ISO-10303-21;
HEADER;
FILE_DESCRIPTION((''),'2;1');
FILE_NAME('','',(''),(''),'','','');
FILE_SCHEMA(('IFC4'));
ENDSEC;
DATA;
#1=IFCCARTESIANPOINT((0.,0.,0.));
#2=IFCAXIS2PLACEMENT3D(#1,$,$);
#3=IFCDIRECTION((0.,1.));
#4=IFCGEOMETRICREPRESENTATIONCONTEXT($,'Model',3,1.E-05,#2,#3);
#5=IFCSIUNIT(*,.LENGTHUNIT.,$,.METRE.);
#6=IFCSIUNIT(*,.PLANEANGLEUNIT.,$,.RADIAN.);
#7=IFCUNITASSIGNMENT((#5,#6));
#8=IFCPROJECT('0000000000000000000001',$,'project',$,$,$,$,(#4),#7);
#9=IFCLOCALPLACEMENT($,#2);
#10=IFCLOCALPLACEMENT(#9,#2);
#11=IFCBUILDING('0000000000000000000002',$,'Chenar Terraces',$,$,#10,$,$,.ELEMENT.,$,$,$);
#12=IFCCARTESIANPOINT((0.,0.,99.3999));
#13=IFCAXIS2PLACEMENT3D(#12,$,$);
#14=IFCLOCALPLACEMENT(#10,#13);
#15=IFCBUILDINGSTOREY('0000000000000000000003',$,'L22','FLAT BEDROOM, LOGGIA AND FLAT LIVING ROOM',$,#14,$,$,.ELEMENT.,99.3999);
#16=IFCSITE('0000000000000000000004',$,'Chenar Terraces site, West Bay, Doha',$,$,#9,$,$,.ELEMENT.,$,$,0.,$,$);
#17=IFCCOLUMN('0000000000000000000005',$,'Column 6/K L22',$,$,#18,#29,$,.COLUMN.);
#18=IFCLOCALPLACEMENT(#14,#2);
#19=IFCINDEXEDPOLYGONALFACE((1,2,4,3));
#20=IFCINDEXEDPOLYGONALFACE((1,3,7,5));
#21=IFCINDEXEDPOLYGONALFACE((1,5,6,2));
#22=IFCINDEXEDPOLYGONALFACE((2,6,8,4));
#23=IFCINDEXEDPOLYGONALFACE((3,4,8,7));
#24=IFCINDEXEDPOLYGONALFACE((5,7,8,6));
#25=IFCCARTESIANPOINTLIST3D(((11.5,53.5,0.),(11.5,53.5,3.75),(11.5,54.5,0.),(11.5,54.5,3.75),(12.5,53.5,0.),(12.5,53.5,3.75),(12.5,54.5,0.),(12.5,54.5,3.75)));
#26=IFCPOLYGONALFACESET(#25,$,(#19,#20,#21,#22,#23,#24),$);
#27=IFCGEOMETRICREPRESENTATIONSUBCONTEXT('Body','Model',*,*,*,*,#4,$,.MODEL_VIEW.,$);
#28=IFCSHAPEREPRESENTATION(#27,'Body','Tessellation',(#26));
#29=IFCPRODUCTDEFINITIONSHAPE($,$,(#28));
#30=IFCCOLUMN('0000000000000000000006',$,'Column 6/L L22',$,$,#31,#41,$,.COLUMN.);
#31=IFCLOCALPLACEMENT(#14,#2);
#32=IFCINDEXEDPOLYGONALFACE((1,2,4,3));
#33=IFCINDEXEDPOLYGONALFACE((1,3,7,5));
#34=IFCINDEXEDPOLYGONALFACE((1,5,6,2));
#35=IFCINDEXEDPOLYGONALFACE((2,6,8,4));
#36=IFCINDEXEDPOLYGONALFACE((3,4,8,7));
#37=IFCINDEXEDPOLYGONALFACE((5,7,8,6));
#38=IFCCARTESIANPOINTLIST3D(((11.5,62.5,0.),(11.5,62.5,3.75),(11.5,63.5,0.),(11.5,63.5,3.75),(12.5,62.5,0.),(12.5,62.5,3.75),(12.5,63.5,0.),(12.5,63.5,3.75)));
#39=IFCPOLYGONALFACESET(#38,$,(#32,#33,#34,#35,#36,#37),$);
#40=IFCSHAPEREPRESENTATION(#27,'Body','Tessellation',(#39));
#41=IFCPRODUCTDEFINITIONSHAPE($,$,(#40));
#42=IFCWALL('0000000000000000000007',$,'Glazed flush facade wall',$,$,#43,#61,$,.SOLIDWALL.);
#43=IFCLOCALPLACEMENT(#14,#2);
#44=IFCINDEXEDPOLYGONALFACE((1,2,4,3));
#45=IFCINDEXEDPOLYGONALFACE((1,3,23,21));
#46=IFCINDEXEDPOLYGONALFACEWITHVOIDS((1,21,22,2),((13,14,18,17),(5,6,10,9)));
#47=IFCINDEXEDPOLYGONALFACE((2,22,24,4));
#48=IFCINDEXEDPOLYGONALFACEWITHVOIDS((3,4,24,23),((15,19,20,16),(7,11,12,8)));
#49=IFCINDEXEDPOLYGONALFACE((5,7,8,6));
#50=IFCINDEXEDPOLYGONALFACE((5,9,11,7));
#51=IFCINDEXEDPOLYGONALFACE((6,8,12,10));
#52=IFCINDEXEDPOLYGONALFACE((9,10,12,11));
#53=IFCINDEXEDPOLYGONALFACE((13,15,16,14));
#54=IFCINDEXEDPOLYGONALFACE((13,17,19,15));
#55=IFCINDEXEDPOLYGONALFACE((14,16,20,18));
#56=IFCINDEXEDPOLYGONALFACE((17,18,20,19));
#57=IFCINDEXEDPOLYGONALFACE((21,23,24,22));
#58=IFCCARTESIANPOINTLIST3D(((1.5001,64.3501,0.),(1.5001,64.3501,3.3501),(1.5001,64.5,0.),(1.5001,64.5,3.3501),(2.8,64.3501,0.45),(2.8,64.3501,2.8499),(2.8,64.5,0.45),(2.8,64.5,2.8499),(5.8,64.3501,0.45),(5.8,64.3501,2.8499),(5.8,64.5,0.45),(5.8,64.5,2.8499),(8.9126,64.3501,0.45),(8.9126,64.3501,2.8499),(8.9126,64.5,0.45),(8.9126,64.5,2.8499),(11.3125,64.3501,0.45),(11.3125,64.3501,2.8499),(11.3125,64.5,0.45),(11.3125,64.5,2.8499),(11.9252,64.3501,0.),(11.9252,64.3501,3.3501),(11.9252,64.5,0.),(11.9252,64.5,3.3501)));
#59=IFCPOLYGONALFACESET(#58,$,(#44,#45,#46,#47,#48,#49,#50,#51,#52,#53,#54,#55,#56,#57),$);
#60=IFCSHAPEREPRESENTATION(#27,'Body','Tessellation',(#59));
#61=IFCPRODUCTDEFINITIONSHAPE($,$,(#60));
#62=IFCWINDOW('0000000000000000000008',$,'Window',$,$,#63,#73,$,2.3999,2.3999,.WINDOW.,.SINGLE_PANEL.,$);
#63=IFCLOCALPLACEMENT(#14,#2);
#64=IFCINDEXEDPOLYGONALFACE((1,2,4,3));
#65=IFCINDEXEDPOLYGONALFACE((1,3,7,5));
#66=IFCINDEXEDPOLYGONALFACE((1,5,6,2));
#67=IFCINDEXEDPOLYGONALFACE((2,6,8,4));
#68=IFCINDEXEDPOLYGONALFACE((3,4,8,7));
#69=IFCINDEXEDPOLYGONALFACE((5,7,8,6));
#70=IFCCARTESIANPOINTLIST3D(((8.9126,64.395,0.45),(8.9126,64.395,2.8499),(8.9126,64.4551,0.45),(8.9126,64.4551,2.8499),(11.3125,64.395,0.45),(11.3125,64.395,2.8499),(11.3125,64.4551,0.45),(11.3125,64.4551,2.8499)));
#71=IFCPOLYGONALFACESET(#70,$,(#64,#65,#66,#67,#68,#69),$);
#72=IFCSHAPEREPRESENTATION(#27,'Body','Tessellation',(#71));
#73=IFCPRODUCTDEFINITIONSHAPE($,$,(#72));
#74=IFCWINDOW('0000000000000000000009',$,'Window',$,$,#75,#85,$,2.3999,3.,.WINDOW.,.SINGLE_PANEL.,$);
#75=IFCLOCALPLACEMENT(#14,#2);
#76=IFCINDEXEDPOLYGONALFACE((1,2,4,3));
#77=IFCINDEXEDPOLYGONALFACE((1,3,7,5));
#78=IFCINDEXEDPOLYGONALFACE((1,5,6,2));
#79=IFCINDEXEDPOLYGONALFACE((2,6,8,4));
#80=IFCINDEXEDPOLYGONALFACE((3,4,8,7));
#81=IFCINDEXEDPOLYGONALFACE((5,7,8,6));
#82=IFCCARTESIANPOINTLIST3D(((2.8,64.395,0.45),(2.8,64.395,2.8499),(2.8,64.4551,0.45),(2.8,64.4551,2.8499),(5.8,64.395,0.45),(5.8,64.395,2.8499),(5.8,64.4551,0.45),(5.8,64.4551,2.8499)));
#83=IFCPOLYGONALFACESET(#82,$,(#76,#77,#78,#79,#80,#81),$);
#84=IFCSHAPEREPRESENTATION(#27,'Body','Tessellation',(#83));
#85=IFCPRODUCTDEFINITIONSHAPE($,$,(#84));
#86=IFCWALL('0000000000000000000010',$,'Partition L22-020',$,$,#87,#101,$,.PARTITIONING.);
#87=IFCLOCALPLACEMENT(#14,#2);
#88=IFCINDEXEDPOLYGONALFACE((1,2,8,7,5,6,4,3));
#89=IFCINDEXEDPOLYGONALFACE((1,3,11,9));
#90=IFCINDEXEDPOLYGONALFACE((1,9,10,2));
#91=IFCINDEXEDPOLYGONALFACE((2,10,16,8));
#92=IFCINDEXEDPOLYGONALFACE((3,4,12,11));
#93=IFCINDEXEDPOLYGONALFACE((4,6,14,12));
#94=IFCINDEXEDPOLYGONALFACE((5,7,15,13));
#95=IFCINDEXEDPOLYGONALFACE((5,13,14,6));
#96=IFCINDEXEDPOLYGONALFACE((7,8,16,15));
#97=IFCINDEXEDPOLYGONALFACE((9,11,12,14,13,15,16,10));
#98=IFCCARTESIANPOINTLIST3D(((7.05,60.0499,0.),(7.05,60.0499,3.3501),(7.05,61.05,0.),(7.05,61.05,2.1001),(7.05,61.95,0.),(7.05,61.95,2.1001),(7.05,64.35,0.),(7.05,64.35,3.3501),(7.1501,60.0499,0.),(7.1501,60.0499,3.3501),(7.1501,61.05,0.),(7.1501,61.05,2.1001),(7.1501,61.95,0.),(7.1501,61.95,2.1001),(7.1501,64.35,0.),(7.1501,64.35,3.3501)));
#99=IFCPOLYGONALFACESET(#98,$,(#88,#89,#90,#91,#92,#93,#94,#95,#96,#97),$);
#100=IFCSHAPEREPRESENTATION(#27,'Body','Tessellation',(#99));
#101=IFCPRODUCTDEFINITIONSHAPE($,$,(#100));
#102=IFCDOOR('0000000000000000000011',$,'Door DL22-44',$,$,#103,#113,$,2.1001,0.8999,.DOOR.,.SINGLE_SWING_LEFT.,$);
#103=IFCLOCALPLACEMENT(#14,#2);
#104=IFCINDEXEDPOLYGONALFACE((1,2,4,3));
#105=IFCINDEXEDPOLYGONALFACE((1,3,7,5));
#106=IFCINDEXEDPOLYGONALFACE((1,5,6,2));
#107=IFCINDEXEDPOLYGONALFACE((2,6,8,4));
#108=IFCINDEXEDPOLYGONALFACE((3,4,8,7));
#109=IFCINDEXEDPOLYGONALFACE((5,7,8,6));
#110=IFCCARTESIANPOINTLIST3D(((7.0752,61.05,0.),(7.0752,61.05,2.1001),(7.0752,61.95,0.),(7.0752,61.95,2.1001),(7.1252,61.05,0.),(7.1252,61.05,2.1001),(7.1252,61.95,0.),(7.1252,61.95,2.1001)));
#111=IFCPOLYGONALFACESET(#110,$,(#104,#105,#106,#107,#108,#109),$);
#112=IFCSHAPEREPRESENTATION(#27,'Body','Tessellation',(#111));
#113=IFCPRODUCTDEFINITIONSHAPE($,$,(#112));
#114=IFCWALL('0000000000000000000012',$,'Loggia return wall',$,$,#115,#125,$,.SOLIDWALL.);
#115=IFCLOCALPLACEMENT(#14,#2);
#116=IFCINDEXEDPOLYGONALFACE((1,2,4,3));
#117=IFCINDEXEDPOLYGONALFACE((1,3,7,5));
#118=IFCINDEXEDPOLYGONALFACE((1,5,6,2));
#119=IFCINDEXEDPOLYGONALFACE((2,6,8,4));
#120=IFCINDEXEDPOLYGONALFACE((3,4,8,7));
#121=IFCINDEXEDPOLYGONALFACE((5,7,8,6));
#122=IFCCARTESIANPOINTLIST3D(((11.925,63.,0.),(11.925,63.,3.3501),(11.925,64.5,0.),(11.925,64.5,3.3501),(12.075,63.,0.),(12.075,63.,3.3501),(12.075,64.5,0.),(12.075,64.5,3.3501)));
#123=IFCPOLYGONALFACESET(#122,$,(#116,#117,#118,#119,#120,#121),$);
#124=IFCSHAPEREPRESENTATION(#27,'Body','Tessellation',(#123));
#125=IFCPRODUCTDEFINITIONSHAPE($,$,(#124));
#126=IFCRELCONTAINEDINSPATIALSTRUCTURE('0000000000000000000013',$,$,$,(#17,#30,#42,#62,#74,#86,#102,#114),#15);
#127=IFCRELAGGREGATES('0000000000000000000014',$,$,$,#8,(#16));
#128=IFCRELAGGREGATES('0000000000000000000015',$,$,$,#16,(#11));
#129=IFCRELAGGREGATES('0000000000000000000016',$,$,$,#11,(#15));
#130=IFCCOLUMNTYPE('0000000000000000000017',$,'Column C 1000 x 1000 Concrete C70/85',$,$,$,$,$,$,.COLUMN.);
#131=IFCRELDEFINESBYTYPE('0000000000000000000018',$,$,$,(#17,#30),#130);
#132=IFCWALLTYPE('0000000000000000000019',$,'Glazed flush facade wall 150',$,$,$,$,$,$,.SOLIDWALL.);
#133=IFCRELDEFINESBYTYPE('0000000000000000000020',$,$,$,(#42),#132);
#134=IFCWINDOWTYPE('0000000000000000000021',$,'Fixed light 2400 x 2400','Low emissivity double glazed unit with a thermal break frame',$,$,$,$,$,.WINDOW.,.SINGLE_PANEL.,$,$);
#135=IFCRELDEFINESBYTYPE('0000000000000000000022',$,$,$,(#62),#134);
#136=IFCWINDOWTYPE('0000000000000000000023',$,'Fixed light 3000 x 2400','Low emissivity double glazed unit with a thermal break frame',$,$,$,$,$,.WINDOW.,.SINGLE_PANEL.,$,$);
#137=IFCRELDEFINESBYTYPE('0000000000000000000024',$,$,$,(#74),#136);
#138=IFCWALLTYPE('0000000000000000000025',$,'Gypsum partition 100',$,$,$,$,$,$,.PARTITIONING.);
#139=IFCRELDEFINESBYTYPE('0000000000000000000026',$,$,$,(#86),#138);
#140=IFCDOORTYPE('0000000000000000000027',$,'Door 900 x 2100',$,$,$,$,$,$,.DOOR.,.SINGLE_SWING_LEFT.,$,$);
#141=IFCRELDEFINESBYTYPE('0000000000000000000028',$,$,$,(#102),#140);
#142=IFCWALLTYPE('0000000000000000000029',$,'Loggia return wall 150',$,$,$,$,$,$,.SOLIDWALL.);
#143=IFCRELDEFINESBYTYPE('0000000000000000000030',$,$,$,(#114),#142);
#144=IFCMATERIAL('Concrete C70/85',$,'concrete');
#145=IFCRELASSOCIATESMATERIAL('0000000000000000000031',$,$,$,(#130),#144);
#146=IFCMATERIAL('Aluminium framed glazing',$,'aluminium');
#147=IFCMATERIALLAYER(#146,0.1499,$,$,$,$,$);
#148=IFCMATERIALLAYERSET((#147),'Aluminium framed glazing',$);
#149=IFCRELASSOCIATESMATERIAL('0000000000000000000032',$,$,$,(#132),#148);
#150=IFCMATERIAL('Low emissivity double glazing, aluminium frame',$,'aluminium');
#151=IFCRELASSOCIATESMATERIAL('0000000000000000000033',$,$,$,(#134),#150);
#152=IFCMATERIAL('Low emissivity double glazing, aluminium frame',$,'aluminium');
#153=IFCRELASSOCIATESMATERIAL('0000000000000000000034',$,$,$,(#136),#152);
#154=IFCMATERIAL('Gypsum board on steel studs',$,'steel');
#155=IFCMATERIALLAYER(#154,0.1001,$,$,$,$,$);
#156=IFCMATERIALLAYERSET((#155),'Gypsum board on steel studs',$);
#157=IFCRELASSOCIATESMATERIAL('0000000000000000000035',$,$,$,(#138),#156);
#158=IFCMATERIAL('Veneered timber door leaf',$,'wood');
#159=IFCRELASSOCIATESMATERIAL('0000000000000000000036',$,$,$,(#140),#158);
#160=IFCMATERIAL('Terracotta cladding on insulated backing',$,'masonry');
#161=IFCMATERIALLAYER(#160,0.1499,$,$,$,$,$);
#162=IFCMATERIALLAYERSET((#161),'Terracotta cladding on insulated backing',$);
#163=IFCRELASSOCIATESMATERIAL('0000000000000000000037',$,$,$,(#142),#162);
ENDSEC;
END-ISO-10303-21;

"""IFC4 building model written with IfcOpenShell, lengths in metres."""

from ifc_helpers import new_model, si_unit, direction, frame, frame_2d, origin, origin_2d, place, context, subcontext, project, spatial, rectangle, extrude, material, layer, layer_set, material_profile, profile_set, type_object, element, fill, save


model = new_model("IFC4")

# Units and contexts
model_context = context("Model", 3, precision=1e-05, world=origin(), true_north=direction((0.0, 1.0)))
body_context = subcontext(model_context, "Body", "Model", "MODEL_VIEW")
ifc_project = project(units=[si_unit("LENGTHUNIT", "METRE"), si_unit("PLANEANGLEUNIT", "RADIAN")], contexts=[model_context])

# Site, building, storey
site_placement = place(None, origin())
site = spatial("IfcSite", under=ifc_project, at=site_placement, Name="Chenar Terraces site, West Bay, Doha", CompositionType="ELEMENT", RefElevation=0.0)
building_placement = place(site_placement, origin())
building = spatial("IfcBuilding", under=site, at=building_placement, Name="Chenar Terraces", CompositionType="ELEMENT")
storey_placement = place(building_placement, frame((0.0, 0.0, 99.3999)))
storey = spatial("IfcBuildingStorey", under=building, at=storey_placement, Name="L22", Description="FLAT BEDROOM, LOGGIA AND FLAT LIVING ROOM", CompositionType="ELEMENT", Elevation=99.3999)

# Columns
ifc_material_1 = material(Name="Concrete C70/85", Category="concrete")
ifc_material_profile_1 = material_profile(ifc_material_1, rectangle(XDim=1.0, YDim=1.0, at=origin_2d()), Name="C 1000 x 1000")
ifc_profile_set_1 = profile_set([ifc_material_profile_1], Name="Concrete C70/85")
column_type = type_object("IfcColumnType", Name="Column C 1000 x 1000 Concrete C70/85", PredefinedType="COLUMN", material=ifc_profile_set_1)
for number, where, z_axis, x_axis, name in (
    (1, (12.0, 54.0, 0.0), (0.0, 0.0, 1.0), (1.0, 0.0, 0.0), "Column 6/K L22"),
    (2, (12.0, 63.0, 0.0), (0.0, 0.0, 1.0), (1.0, 0.0, 0.0), "Column 6/L L22"),
):
    element("IfcColumn", number, at=place(storey_placement, frame(where, z_axis=z_axis, x_axis=x_axis)), inside=storey, type_object=column_type, Name=name, PredefinedType="COLUMN", context=body_context, shape_type="SweptSolid", body=[
        extrude(rectangle(XDim=1.0, YDim=1.0, at=origin_2d()), origin(), (0.0, 0.0, 1.0), 3.75),
    ])

# Wall, openings, windows
ifc_material_2 = material(Name="Aluminium framed glazing", Category="aluminium")
ifc_layer_1 = layer(ifc_material_2, 0.1499)
ifc_layer_set_1 = layer_set([ifc_layer_1], Name="Aluminium framed glazing")
wall_type_1 = type_object("IfcWallType", Name="Glazed flush facade wall 150", PredefinedType="SOLIDWALL", material=ifc_layer_set_1)
wall_1_placement = place(storey_placement, frame((11.925, 64.425, 0.0), z_axis=(0.0, 0.0, 1.0), x_axis=(-1.0, 0.0, 0.0)))
wall_1 = element("IfcWall", 3, at=wall_1_placement, inside=storey, type_object=wall_type_1, Name="Glazed flush facade wall", PredefinedType="SOLIDWALL", context=body_context, shape_type="SweptSolid", body=[
    extrude(rectangle(XDim=10.425, YDim=0.1499, at=frame_2d((5.2124, 0.0))), origin(), (0.0, 0.0, 1.0), 3.3501),
])
opening_1_placement = place(wall_1_placement, frame((0.6125, 0.0, 0.45)))
opening_1 = element("IfcOpeningElement", 4, at=opening_1_placement, cuts=wall_1, PredefinedType="OPENING", context=body_context, shape_type="SweptSolid", body=[
    extrude(rectangle(XDim=2.3999, YDim=2.3999, at=frame_2d((1.2, 1.2))), frame((0.0, 0.085, 0.0), z_axis=(0.0, -1.0, 0.0), x_axis=(1.0, 0.0, 0.0)), (0.0, 0.0, 1.0), 0.1699),
])
opening_2_placement = place(wall_1_placement, frame((6.125, 0.0, 0.45)))
opening_2 = element("IfcOpeningElement", 5, at=opening_2_placement, cuts=wall_1, PredefinedType="OPENING", context=body_context, shape_type="SweptSolid", body=[
    extrude(rectangle(XDim=3.0, YDim=2.3999, at=frame_2d((1.5, 1.2))), frame((0.0, 0.085, 0.0), z_axis=(0.0, -1.0, 0.0), x_axis=(1.0, 0.0, 0.0)), (0.0, 0.0, 1.0), 0.1699),
])
ifc_material_3 = material(Name="Low emissivity double glazing, aluminium frame", Category="aluminium")
window_type_1 = type_object("IfcWindowType", Name="Fixed light 2400 x 2400", Description="Low emissivity double glazed unit with a thermal break frame", PartitioningType="SINGLE_PANEL", PredefinedType="WINDOW", material=ifc_material_3)
window_1_placement = place(opening_1_placement, origin())
window_1 = element("IfcWindow", 6, at=window_1_placement, inside=storey, type_object=window_type_1, Name="Window", OverallHeight=2.3999, OverallWidth=2.3999, PartitioningType="SINGLE_PANEL", PredefinedType="WINDOW", context=body_context, shape_type="SweptSolid", body=[
    extrude(rectangle(XDim=2.3999, YDim=2.3999, at=frame_2d((1.2, 1.2))), frame((0.0, 0.03, 0.0), z_axis=(0.0, -1.0, 0.0), x_axis=(1.0, 0.0, 0.0)), (0.0, 0.0, 1.0), 0.0601),
])
fill(opening_1, window_1)
ifc_material_4 = material(Name="Low emissivity double glazing, aluminium frame", Category="aluminium")
window_type_2 = type_object("IfcWindowType", Name="Fixed light 3000 x 2400", Description="Low emissivity double glazed unit with a thermal break frame", PartitioningType="SINGLE_PANEL", PredefinedType="WINDOW", material=ifc_material_4)
window_2_placement = place(opening_2_placement, origin())
window_2 = element("IfcWindow", 7, at=window_2_placement, inside=storey, type_object=window_type_2, Name="Window", OverallHeight=2.3999, OverallWidth=3.0, PartitioningType="SINGLE_PANEL", PredefinedType="WINDOW", context=body_context, shape_type="SweptSolid", body=[
    extrude(rectangle(XDim=3.0, YDim=2.3999, at=frame_2d((1.5, 1.2))), frame((0.0, 0.03, 0.0), z_axis=(0.0, -1.0, 0.0), x_axis=(1.0, 0.0, 0.0)), (0.0, 0.0, 1.0), 0.0601),
])
fill(opening_2, window_2)

# Wall, opening, door
ifc_material_5 = material(Name="Gypsum board on steel studs", Category="steel")
ifc_layer_2 = layer(ifc_material_5, 0.1001)
ifc_layer_set_2 = layer_set([ifc_layer_2], Name="Gypsum board on steel studs")
wall_type_2 = type_object("IfcWallType", Name="Gypsum partition 100", PredefinedType="PARTITIONING", material=ifc_layer_set_2)
wall_2_placement = place(storey_placement, frame((7.1001, 60.05, 0.0), z_axis=(0.0, 0.0, 1.0), x_axis=(0.0, 1.0, 0.0)))
wall_2 = element("IfcWall", 8, at=wall_2_placement, inside=storey, type_object=wall_type_2, Name="Partition L22-020", PredefinedType="PARTITIONING", context=body_context, shape_type="SweptSolid", body=[
    extrude(rectangle(XDim=4.3, YDim=0.1001, at=frame_2d((2.1499, 0.0))), origin(), (0.0, 0.0, 1.0), 3.3501),
])
opening_3_placement = place(wall_2_placement, frame((1.0, 0.0, 0.0)))
opening_3 = element("IfcOpeningElement", 9, at=opening_3_placement, cuts=wall_2, PredefinedType="OPENING", context=body_context, shape_type="SweptSolid", body=[
    extrude(rectangle(XDim=0.8999, YDim=2.1001, at=frame_2d((0.45, 1.05))), frame((0.0, 0.0601, 0.0), z_axis=(0.0, -1.0, 0.0), x_axis=(1.0, 0.0, 0.0)), (0.0, 0.0, 1.0), 0.1201),
])
ifc_material_6 = material(Name="Veneered timber door leaf", Category="wood")
door_type_1 = type_object("IfcDoorType", Name="Door 900 x 2100", OperationType="SINGLE_SWING_LEFT", PredefinedType="DOOR", material=ifc_material_6)
door_1_placement = place(opening_3_placement, origin())
door_1 = element("IfcDoor", 10, at=door_1_placement, inside=storey, type_object=door_type_1, Name="Door DL22-44", OperationType="SINGLE_SWING_LEFT", OverallHeight=2.1001, OverallWidth=0.8999, PredefinedType="DOOR", context=body_context, shape_type="SweptSolid", body=[
    extrude(rectangle(XDim=0.8999, YDim=2.1001, at=frame_2d((0.45, 1.05))), frame((0.0, 0.0249, 0.0), z_axis=(0.0, -1.0, 0.0), x_axis=(1.0, 0.0, 0.0)), (0.0, 0.0, 1.0), 0.05),
])
fill(opening_3, door_1)

# Wall
ifc_material_7 = material(Name="Terracotta cladding on insulated backing", Category="masonry")
ifc_layer_3 = layer(ifc_material_7, 0.1499)
ifc_layer_set_3 = layer_set([ifc_layer_3], Name="Terracotta cladding on insulated backing")
wall_type_3 = type_object("IfcWallType", Name="Loggia return wall 150", PredefinedType="SOLIDWALL", material=ifc_layer_set_3)
wall_3_placement = place(storey_placement, frame((12.0, 64.5, 0.0), z_axis=(0.0, 0.0, 1.0), x_axis=(0.0, -1.0, 0.0)))
element("IfcWall", 11, at=wall_3_placement, inside=storey, type_object=wall_type_3, Name="Loggia return wall", PredefinedType="SOLIDWALL", context=body_context, shape_type="SweptSolid", body=[
    extrude(rectangle(XDim=1.5, YDim=0.1499, at=frame_2d((0.75, 0.0))), origin(), (0.0, 0.0, 1.0), 3.3501),
])

save(model, "model.ifc")
